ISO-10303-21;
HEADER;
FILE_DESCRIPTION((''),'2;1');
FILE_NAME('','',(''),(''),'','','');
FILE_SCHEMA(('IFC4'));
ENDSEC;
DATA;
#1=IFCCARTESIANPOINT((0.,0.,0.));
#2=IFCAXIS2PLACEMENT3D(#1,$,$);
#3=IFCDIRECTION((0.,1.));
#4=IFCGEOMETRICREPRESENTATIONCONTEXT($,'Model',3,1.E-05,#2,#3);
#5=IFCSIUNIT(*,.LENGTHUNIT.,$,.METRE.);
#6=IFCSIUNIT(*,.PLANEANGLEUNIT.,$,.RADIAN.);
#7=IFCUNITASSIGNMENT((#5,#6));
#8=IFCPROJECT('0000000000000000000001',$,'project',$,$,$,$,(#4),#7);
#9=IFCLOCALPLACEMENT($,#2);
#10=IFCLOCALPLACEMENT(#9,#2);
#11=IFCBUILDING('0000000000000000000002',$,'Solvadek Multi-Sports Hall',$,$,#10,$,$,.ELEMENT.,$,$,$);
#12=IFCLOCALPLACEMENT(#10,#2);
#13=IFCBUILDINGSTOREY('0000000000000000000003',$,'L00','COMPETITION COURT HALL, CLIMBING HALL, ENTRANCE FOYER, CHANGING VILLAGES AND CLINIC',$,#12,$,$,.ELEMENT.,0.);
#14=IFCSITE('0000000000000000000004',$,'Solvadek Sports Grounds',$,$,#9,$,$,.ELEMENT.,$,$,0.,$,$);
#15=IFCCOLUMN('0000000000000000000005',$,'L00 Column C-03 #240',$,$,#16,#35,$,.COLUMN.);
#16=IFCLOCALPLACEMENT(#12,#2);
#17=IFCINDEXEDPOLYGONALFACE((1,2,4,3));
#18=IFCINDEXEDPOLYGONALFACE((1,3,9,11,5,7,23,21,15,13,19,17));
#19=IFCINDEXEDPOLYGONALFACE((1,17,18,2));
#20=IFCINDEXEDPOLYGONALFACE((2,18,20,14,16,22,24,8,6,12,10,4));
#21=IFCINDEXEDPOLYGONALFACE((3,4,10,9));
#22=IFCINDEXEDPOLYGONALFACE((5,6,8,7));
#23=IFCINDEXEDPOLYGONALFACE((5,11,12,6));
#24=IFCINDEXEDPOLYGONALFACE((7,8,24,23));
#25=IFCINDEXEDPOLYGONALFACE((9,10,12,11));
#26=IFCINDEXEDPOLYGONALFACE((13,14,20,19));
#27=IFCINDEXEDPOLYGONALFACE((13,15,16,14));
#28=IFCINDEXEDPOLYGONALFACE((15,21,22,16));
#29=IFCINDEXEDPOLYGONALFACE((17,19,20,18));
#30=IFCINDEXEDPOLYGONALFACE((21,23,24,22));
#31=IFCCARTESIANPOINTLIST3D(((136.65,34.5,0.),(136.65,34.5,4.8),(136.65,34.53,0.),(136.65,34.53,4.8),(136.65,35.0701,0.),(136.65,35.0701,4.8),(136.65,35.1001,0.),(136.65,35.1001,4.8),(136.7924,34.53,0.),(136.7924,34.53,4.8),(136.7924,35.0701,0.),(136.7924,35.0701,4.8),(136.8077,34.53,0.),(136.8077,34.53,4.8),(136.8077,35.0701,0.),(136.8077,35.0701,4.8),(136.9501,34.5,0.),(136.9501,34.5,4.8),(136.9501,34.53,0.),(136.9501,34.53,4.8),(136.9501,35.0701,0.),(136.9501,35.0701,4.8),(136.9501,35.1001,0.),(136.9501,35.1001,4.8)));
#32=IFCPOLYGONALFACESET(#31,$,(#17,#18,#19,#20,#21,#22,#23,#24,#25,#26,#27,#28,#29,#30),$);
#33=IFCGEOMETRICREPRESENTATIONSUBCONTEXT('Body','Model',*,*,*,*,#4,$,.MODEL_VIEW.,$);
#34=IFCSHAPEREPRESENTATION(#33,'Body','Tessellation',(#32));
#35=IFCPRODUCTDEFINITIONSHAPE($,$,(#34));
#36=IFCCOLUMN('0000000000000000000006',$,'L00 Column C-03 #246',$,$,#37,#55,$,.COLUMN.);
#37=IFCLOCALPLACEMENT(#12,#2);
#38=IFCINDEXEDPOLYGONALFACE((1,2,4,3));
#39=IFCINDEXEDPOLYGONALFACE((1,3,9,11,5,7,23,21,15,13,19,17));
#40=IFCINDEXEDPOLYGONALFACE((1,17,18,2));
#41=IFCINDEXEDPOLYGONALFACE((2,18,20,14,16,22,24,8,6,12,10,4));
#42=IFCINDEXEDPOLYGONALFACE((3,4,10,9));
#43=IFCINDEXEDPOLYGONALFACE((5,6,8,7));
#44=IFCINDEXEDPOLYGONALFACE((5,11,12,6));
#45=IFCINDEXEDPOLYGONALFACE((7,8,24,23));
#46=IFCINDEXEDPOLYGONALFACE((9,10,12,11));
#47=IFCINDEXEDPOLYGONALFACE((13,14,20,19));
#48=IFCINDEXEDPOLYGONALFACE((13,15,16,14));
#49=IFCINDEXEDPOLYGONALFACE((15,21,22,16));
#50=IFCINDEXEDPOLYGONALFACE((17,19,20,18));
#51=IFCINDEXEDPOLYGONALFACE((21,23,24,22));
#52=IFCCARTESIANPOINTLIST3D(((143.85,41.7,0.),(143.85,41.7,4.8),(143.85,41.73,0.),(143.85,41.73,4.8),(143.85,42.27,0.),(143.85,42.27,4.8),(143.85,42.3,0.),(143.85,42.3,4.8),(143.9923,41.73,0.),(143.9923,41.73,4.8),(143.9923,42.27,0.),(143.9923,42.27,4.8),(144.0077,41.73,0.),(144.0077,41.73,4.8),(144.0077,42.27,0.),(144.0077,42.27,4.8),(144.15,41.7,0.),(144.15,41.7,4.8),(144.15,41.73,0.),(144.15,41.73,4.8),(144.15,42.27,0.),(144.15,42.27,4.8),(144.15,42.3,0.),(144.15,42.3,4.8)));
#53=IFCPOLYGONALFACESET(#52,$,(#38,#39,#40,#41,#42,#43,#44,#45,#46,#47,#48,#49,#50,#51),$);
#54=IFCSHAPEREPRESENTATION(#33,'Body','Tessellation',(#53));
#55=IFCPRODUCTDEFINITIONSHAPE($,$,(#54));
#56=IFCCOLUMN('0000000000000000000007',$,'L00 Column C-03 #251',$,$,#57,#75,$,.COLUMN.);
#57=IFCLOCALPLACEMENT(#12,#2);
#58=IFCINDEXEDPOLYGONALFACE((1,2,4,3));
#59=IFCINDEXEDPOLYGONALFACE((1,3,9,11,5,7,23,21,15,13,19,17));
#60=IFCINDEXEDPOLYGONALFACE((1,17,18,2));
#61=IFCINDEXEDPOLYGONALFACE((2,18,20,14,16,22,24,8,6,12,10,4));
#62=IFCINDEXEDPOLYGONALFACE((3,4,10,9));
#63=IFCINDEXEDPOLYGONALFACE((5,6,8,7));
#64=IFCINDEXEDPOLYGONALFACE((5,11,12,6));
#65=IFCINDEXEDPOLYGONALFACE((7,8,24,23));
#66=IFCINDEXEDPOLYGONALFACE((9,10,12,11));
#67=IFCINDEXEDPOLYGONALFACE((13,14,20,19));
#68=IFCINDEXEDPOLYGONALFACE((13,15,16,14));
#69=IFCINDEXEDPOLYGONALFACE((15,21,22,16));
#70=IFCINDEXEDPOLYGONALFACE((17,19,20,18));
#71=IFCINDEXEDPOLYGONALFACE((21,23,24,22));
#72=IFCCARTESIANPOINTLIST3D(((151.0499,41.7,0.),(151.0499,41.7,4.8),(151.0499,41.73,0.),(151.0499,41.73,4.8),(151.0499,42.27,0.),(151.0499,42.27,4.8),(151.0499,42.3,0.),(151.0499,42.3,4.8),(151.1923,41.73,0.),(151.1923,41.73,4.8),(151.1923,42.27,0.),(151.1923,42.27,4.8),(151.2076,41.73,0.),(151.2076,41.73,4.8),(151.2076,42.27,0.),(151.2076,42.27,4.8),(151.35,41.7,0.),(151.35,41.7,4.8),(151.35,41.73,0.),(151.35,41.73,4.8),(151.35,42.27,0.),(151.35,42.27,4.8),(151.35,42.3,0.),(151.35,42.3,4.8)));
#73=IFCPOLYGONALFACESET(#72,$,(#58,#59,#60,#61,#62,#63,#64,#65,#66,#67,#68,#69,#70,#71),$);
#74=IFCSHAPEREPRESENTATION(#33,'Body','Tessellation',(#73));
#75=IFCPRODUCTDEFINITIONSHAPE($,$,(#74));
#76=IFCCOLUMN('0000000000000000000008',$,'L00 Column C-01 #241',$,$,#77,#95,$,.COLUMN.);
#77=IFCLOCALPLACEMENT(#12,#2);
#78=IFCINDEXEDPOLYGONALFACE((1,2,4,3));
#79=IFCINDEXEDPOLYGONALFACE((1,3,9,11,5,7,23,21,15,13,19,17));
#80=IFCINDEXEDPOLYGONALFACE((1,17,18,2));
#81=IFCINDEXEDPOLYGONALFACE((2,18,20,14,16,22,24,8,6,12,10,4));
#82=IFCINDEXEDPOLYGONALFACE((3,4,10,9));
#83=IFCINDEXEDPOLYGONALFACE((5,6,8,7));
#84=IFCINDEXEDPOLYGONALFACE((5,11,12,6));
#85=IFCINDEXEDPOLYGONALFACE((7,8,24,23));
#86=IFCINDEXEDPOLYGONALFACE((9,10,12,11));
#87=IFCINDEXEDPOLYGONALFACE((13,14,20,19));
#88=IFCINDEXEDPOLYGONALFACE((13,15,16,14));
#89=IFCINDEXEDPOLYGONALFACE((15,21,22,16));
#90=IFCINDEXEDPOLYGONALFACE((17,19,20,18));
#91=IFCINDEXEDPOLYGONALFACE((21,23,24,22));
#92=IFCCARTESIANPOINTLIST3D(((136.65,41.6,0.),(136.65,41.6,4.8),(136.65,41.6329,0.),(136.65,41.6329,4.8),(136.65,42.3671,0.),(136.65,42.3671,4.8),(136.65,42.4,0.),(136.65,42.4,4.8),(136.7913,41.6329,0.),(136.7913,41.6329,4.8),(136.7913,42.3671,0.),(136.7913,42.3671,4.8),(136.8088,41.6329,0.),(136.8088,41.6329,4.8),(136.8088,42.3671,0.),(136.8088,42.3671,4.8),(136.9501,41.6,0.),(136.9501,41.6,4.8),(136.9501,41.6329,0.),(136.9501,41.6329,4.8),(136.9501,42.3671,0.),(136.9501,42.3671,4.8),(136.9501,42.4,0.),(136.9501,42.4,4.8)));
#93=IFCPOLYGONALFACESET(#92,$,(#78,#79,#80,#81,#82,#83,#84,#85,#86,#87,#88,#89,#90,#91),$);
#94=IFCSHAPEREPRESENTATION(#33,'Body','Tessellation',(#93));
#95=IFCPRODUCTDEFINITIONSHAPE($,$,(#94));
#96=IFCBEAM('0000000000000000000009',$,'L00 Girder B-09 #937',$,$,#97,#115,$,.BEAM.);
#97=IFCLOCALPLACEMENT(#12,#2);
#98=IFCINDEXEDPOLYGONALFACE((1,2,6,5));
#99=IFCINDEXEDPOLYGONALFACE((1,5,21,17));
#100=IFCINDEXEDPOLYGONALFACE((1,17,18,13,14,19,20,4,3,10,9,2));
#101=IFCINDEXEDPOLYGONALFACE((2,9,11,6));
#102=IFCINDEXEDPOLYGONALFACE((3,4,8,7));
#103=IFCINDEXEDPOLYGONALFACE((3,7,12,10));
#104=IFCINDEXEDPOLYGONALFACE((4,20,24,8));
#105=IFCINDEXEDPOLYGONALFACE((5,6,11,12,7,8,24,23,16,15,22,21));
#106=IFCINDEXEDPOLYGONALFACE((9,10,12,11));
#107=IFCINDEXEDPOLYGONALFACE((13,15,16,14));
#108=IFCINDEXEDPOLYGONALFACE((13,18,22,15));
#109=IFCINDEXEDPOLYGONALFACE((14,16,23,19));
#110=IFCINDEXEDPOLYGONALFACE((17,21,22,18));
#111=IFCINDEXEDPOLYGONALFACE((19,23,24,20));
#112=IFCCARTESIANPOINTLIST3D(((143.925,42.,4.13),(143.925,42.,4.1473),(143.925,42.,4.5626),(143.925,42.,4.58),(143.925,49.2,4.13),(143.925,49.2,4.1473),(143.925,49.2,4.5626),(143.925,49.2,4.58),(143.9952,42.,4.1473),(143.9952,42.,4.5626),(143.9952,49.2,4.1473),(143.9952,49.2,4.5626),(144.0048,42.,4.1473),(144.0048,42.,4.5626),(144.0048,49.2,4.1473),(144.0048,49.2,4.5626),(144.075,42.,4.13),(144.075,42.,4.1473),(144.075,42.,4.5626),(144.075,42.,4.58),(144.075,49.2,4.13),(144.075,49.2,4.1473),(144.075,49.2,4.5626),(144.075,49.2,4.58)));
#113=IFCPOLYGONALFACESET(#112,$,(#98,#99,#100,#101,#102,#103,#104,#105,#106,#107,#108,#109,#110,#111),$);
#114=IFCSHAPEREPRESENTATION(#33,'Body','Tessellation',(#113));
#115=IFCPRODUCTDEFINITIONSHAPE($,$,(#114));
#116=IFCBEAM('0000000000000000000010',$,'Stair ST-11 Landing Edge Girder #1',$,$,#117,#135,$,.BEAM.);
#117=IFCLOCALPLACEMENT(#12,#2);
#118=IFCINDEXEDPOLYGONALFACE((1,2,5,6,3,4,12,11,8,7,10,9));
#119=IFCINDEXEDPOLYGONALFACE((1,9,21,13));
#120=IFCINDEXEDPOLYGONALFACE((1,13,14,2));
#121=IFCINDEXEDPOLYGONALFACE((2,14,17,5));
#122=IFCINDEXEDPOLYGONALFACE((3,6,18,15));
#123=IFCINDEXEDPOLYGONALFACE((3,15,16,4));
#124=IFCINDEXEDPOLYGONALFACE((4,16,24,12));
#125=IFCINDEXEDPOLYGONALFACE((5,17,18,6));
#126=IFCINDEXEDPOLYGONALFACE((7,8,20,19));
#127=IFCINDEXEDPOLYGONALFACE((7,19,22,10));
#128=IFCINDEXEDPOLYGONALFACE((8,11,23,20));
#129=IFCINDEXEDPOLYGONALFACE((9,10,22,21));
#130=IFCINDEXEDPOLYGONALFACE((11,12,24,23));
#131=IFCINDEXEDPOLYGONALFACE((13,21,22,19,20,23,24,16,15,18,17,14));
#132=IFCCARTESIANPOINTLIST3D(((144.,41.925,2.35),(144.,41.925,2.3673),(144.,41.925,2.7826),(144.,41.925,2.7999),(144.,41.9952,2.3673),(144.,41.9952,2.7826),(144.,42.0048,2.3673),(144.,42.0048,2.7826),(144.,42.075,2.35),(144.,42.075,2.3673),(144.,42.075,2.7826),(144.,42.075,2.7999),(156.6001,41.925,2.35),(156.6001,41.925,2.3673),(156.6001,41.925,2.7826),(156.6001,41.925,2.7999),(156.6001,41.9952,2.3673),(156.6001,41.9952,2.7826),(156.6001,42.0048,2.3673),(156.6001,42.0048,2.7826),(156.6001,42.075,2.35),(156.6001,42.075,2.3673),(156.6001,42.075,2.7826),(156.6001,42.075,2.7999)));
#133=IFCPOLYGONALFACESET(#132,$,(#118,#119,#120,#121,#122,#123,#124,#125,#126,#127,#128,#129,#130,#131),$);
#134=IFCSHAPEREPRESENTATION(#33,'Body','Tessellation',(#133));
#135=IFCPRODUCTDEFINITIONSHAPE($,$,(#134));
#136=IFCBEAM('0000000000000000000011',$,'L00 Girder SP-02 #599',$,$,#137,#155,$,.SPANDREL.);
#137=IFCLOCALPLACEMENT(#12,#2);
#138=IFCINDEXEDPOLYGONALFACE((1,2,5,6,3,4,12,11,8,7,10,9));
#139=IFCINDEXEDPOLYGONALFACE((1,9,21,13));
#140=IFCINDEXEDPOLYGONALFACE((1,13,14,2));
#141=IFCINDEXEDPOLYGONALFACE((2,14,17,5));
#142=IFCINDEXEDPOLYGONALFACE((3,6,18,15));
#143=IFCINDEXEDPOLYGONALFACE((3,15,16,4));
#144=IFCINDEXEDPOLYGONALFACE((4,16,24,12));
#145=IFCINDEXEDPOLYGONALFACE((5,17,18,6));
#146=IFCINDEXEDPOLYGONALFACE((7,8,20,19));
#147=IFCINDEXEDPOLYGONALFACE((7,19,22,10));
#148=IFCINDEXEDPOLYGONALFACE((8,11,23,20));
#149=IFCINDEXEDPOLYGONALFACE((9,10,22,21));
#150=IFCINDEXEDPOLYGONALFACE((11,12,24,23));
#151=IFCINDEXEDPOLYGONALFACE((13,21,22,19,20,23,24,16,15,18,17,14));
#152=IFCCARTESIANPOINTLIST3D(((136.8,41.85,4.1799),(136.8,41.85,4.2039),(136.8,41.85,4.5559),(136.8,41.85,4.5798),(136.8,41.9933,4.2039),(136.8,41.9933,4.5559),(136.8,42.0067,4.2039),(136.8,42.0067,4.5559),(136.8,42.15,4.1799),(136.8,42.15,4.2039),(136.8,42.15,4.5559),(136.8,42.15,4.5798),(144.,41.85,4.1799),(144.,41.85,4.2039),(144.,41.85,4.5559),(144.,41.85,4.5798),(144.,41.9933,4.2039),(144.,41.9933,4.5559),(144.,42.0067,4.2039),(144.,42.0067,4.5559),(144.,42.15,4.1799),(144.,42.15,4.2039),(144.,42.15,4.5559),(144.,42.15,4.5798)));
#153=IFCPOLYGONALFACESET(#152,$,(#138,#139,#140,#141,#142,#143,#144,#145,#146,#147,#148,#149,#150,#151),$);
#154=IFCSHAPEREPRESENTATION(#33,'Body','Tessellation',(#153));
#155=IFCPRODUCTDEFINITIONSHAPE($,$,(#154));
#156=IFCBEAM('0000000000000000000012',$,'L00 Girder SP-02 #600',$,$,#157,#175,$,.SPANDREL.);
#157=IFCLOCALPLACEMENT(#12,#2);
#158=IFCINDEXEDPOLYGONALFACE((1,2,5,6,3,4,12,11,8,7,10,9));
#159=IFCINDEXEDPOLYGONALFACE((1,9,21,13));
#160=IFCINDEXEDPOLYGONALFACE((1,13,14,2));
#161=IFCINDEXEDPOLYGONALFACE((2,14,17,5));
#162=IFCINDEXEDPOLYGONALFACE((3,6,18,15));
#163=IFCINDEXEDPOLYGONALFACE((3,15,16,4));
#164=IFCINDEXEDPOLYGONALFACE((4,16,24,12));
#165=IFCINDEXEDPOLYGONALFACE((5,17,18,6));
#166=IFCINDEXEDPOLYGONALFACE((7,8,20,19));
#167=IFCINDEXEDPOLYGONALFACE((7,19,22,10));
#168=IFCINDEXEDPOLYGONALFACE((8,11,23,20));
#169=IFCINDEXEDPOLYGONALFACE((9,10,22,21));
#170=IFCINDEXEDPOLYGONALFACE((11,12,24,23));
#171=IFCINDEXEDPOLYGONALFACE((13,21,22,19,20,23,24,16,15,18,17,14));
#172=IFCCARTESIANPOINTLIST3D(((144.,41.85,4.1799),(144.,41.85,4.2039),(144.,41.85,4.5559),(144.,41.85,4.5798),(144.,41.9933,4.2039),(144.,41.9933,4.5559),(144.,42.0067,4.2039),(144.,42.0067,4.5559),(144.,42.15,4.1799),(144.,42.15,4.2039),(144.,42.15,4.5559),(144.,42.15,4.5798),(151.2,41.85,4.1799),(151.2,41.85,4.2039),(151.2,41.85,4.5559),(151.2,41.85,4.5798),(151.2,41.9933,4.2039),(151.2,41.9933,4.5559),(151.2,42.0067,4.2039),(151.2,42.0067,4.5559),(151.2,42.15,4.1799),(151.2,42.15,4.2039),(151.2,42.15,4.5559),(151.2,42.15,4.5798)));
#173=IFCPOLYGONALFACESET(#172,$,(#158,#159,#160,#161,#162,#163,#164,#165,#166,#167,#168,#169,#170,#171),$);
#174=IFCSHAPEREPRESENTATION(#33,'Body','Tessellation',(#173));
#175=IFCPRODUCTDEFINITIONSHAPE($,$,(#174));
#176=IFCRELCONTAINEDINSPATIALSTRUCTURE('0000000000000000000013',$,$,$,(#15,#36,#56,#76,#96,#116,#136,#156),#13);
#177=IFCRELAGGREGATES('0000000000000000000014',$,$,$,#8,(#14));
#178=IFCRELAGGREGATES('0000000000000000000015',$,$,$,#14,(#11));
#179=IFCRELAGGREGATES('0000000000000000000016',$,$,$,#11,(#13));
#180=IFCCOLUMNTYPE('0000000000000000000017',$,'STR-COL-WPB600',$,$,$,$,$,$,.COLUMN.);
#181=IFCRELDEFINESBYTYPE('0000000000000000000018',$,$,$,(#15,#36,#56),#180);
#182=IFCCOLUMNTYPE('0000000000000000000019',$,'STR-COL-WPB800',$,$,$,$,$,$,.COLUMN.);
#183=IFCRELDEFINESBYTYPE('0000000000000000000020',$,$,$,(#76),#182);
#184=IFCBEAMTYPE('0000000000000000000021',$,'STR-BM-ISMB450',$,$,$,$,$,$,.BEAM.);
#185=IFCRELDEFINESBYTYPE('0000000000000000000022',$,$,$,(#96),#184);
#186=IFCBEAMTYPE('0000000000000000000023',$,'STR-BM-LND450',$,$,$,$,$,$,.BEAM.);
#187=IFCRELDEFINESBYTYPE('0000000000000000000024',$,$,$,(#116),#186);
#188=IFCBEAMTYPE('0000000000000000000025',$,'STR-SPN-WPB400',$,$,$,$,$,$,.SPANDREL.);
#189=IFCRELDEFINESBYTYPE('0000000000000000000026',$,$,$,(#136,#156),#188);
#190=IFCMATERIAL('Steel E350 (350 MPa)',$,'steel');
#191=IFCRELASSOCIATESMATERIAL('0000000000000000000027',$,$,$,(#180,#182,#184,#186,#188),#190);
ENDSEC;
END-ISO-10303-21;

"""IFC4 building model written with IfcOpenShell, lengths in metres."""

from ifc_helpers import new_model, si_unit, direction, frame, origin, origin_2d, place, context, subcontext, project, spatial, i_section, extrude, material, material_profile, profile_set, type_object, element, save


model = new_model("IFC4")

# Units and contexts
model_context = context("Model", 3, precision=1e-05, world=origin(), true_north=direction((0.0, 1.0)))
body_context = subcontext(model_context, "Body", "Model", "MODEL_VIEW")
ifc_project = project(units=[si_unit("LENGTHUNIT", "METRE"), si_unit("PLANEANGLEUNIT", "RADIAN")], contexts=[model_context])

# Site, building, storey
site_placement = place(None, origin())
site = spatial("IfcSite", under=ifc_project, at=site_placement, Name="Solvadek Sports Grounds", CompositionType="ELEMENT", RefElevation=0.0)
building_placement = place(site_placement, origin())
building = spatial("IfcBuilding", under=site, at=building_placement, Name="Solvadek Multi-Sports Hall", CompositionType="ELEMENT")
storey_placement = place(building_placement, origin())
storey = spatial("IfcBuildingStorey", under=building, at=storey_placement, Name="L00", Description="COMPETITION COURT HALL, CLIMBING HALL, ENTRANCE FOYER, CHANGING VILLAGES AND CLINIC", CompositionType="ELEMENT", Elevation=0.0)

# Columns
ifc_material_1 = material(Name="Steel E350 (350 MPa)", Category="steel")
ifc_material_profile_1 = material_profile(ifc_material_1, i_section(OverallWidth=0.3, OverallDepth=0.6001, WebThickness=0.0154, FlangeThickness=0.03, at=origin_2d()), Name="WPB 600")
ifc_profile_set_1 = profile_set([ifc_material_profile_1], Name="Steel E350 (350 MPa)")
column_type_1 = type_object("IfcColumnType", Name="STR-COL-WPB600", PredefinedType="COLUMN", material=ifc_profile_set_1)
for number, where, z_axis, x_axis, name in (
    (1, (136.8, 34.8, 0.0), (0.0, 0.0, 1.0), (1.0, 0.0, 0.0), "L00 Column C-03 #240"),
    (2, (144.0, 42.0, 0.0), (0.0, 0.0, 1.0), (1.0, 0.0, 0.0), "L00 Column C-03 #246"),
    (3, (151.2, 42.0, 0.0), (0.0, 0.0, 1.0), (1.0, 0.0, 0.0), "L00 Column C-03 #251"),
):
    element("IfcColumn", number, at=place(storey_placement, frame(where, z_axis=z_axis, x_axis=x_axis)), inside=storey, type_object=column_type_1, Name=name, PredefinedType="COLUMN", context=body_context, shape_type="SweptSolid", body=[
        extrude(i_section(OverallWidth=0.3, OverallDepth=0.6001, WebThickness=0.0154, FlangeThickness=0.03, at=origin_2d()), origin(), (0.0, 0.0, 1.0), 4.8),
    ])
ifc_material_profile_2 = material_profile(ifc_material_1, i_section(OverallWidth=0.3, OverallDepth=0.8, WebThickness=0.0176, FlangeThickness=0.033, at=origin_2d()), Name="WPB 800")
ifc_profile_set_2 = profile_set([ifc_material_profile_2], Name="Steel E350 (350 MPa)")
column_type_2 = type_object("IfcColumnType", Name="STR-COL-WPB800", PredefinedType="COLUMN", material=ifc_profile_set_2)
column_placement = place(storey_placement, frame((136.8, 42.0, 0.0), z_axis=(0.0, 0.0, 1.0), x_axis=(1.0, 0.0, 0.0)))
element("IfcColumn", 4, at=column_placement, inside=storey, type_object=column_type_2, Name="L00 Column C-01 #241", PredefinedType="COLUMN", context=body_context, shape_type="SweptSolid", body=[
    extrude(i_section(OverallWidth=0.3, OverallDepth=0.8, WebThickness=0.0176, FlangeThickness=0.033, at=origin_2d()), origin(), (0.0, 0.0, 1.0), 4.8),
])

# Beams
ifc_material_profile_3 = material_profile(ifc_material_1, i_section(OverallWidth=0.1499, OverallDepth=0.45, WebThickness=0.0095, FlangeThickness=0.0173, at=origin_2d()), Name="ISMB 450")
ifc_profile_set_3 = profile_set([ifc_material_profile_3], Name="Steel E350 (350 MPa)")
beam_type_1 = type_object("IfcBeamType", Name="STR-BM-ISMB450", PredefinedType="BEAM", material=ifc_profile_set_3)
beam_1_placement = place(storey_placement, frame((144.0, 42.0, 4.355), z_axis=(0.0, 1.0, 0.0), x_axis=(-1.0, 0.0, 0.0)))
element("IfcBeam", 5, at=beam_1_placement, inside=storey, type_object=beam_type_1, Name="L00 Girder B-09 #937", PredefinedType="BEAM", context=body_context, shape_type="SweptSolid", body=[
    extrude(i_section(OverallWidth=0.1499, OverallDepth=0.45, WebThickness=0.0095, FlangeThickness=0.0173, at=origin_2d()), origin(), (0.0, 0.0, 1.0), 7.2),
])
ifc_material_profile_4 = material_profile(ifc_material_1, i_section(OverallWidth=0.1499, OverallDepth=0.45, WebThickness=0.0095, FlangeThickness=0.0173, at=origin_2d()), Name="ISMB 450")
ifc_profile_set_4 = profile_set([ifc_material_profile_4], Name="Steel E350 (350 MPa)")
beam_type_2 = type_object("IfcBeamType", Name="STR-BM-LND450", PredefinedType="BEAM", material=ifc_profile_set_4)
beam_2_placement = place(storey_placement, frame((144.0, 42.0, 2.575), z_axis=(1.0, 0.0, 0.0), x_axis=(0.0, 1.0, 0.0)))
element("IfcBeam", 6, at=beam_2_placement, inside=storey, type_object=beam_type_2, Name="Stair ST-11 Landing Edge Girder #1", PredefinedType="BEAM", context=body_context, shape_type="SweptSolid", body=[
    extrude(i_section(OverallWidth=0.1499, OverallDepth=0.45, WebThickness=0.0095, FlangeThickness=0.0173, at=origin_2d()), origin(), (0.0, 0.0, 1.0), 12.6001),
])
ifc_material_profile_5 = material_profile(ifc_material_1, i_section(OverallWidth=0.3, OverallDepth=0.3999, WebThickness=0.0134, FlangeThickness=0.0239, at=origin_2d()), Name="WPB 400")
ifc_profile_set_5 = profile_set([ifc_material_profile_5], Name="Steel E350 (350 MPa)")
beam_type_3 = type_object("IfcBeamType", Name="STR-SPN-WPB400", PredefinedType="SPANDREL", material=ifc_profile_set_5)
for number, where, z_axis, x_axis, name in (
    (7, (136.8, 42.0, 4.3799), (1.0, 0.0, 0.0), (0.0, 1.0, 0.0), "L00 Girder SP-02 #599"),
    (8, (144.0, 42.0, 4.3799), (1.0, 0.0, 0.0), (0.0, 1.0, 0.0), "L00 Girder SP-02 #600"),
):
    element("IfcBeam", number, at=place(storey_placement, frame(where, z_axis=z_axis, x_axis=x_axis)), inside=storey, type_object=beam_type_3, Name=name, PredefinedType="SPANDREL", context=body_context, shape_type="SweptSolid", body=[
        extrude(i_section(OverallWidth=0.3, OverallDepth=0.3999, WebThickness=0.0134, FlangeThickness=0.0239, at=origin_2d()), origin(), (0.0, 0.0, 1.0), 7.2),
    ])

save(model, "model.ifc")
